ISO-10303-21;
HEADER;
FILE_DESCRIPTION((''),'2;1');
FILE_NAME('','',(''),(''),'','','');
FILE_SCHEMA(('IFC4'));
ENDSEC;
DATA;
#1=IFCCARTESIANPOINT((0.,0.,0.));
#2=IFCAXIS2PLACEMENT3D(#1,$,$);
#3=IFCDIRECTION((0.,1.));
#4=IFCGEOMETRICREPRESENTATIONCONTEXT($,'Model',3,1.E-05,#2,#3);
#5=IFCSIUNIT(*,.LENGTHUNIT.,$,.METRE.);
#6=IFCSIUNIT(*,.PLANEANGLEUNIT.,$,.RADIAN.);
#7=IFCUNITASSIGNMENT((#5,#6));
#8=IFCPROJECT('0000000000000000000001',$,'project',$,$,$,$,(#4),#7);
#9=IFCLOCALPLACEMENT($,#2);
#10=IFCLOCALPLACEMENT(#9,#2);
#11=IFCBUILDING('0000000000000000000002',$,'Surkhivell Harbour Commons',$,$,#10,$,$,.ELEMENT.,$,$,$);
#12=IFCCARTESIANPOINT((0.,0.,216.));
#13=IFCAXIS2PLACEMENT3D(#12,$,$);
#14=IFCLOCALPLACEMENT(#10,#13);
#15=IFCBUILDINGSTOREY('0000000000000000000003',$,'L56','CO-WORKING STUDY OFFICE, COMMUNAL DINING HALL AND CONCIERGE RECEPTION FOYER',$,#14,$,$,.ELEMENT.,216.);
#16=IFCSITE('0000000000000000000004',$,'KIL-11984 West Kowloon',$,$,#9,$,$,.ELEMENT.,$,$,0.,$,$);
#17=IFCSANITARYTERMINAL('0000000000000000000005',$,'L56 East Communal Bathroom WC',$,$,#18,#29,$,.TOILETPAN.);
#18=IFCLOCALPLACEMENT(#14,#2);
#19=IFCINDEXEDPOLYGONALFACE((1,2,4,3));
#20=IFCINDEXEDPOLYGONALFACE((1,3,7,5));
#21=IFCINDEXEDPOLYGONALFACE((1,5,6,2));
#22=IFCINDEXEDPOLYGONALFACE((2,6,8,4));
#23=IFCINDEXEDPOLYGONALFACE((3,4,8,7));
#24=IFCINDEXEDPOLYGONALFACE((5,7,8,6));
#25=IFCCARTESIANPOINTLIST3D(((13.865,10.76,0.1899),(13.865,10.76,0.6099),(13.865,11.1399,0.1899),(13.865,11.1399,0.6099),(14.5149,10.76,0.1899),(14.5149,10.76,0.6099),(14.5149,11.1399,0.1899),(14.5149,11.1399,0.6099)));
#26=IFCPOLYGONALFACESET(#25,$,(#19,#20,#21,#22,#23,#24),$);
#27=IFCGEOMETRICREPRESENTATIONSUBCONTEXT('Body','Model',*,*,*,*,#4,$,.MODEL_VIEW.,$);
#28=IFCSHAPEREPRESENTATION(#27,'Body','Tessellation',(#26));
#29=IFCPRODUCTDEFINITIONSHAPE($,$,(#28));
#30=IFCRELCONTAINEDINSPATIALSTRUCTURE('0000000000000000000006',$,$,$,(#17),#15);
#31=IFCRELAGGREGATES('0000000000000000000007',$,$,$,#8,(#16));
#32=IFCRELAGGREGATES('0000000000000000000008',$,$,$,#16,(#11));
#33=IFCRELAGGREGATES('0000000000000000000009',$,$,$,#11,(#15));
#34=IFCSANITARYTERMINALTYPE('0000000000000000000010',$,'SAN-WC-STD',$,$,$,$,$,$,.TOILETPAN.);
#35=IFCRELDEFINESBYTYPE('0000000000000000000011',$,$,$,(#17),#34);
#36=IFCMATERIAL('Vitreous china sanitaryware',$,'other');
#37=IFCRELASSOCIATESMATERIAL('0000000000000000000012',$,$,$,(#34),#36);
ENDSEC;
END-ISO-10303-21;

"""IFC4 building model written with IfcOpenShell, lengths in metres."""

from ifc_helpers import new_model, si_unit, direction, frame, origin, origin_2d, place, context, subcontext, project, spatial, rectangle, extrude, material, type_object, element, save


model = new_model("IFC4")

# Units and contexts
model_context = context("Model", 3, precision=1e-05, world=origin(), true_north=direction((0.0, 1.0)))
body_context = subcontext(model_context, "Body", "Model", "MODEL_VIEW")
ifc_project = project(units=[si_unit("LENGTHUNIT", "METRE"), si_unit("PLANEANGLEUNIT", "RADIAN")], contexts=[model_context])

# Site, building, storey
site_placement = place(None, origin())
site = spatial("IfcSite", under=ifc_project, at=site_placement, Name="KIL-11984 West Kowloon", CompositionType="ELEMENT", RefElevation=0.0)
building_placement = place(site_placement, origin())
building = spatial("IfcBuilding", under=site, at=building_placement, Name="Surkhivell Harbour Commons", CompositionType="ELEMENT")
storey_placement = place(building_placement, frame((0.0, 0.0, 216.0)))
storey = spatial("IfcBuildingStorey", under=building, at=storey_placement, Name="L56", Description="CO-WORKING STUDY OFFICE, COMMUNAL DINING HALL AND CONCIERGE RECEPTION FOYER", CompositionType="ELEMENT", Elevation=216.0)

# Sanitary terminal
ifc_material_1 = material(Name="Vitreous china sanitaryware", Category="other")
sanitary_terminal_type_1 = type_object("IfcSanitaryTerminalType", Name="SAN-WC-STD", PredefinedType="TOILETPAN", material=ifc_material_1)
sanitary_terminal_1_placement = place(storey_placement, frame((14.1899, 10.95, 0.1899), z_axis=(0.0, 0.0, 1.0), x_axis=(1.0, 0.0, 0.0)))
element("IfcSanitaryTerminal", 1, at=sanitary_terminal_1_placement, inside=storey, type_object=sanitary_terminal_type_1, Name="L56 East Communal Bathroom WC", PredefinedType="TOILETPAN", context=body_context, shape_type="SweptSolid", body=[
    extrude(rectangle(XDim=0.6499, YDim=0.3799, at=origin_2d()), origin(), (0.0, 0.0, 1.0), 0.4199),
])

save(model, "model.ifc")
